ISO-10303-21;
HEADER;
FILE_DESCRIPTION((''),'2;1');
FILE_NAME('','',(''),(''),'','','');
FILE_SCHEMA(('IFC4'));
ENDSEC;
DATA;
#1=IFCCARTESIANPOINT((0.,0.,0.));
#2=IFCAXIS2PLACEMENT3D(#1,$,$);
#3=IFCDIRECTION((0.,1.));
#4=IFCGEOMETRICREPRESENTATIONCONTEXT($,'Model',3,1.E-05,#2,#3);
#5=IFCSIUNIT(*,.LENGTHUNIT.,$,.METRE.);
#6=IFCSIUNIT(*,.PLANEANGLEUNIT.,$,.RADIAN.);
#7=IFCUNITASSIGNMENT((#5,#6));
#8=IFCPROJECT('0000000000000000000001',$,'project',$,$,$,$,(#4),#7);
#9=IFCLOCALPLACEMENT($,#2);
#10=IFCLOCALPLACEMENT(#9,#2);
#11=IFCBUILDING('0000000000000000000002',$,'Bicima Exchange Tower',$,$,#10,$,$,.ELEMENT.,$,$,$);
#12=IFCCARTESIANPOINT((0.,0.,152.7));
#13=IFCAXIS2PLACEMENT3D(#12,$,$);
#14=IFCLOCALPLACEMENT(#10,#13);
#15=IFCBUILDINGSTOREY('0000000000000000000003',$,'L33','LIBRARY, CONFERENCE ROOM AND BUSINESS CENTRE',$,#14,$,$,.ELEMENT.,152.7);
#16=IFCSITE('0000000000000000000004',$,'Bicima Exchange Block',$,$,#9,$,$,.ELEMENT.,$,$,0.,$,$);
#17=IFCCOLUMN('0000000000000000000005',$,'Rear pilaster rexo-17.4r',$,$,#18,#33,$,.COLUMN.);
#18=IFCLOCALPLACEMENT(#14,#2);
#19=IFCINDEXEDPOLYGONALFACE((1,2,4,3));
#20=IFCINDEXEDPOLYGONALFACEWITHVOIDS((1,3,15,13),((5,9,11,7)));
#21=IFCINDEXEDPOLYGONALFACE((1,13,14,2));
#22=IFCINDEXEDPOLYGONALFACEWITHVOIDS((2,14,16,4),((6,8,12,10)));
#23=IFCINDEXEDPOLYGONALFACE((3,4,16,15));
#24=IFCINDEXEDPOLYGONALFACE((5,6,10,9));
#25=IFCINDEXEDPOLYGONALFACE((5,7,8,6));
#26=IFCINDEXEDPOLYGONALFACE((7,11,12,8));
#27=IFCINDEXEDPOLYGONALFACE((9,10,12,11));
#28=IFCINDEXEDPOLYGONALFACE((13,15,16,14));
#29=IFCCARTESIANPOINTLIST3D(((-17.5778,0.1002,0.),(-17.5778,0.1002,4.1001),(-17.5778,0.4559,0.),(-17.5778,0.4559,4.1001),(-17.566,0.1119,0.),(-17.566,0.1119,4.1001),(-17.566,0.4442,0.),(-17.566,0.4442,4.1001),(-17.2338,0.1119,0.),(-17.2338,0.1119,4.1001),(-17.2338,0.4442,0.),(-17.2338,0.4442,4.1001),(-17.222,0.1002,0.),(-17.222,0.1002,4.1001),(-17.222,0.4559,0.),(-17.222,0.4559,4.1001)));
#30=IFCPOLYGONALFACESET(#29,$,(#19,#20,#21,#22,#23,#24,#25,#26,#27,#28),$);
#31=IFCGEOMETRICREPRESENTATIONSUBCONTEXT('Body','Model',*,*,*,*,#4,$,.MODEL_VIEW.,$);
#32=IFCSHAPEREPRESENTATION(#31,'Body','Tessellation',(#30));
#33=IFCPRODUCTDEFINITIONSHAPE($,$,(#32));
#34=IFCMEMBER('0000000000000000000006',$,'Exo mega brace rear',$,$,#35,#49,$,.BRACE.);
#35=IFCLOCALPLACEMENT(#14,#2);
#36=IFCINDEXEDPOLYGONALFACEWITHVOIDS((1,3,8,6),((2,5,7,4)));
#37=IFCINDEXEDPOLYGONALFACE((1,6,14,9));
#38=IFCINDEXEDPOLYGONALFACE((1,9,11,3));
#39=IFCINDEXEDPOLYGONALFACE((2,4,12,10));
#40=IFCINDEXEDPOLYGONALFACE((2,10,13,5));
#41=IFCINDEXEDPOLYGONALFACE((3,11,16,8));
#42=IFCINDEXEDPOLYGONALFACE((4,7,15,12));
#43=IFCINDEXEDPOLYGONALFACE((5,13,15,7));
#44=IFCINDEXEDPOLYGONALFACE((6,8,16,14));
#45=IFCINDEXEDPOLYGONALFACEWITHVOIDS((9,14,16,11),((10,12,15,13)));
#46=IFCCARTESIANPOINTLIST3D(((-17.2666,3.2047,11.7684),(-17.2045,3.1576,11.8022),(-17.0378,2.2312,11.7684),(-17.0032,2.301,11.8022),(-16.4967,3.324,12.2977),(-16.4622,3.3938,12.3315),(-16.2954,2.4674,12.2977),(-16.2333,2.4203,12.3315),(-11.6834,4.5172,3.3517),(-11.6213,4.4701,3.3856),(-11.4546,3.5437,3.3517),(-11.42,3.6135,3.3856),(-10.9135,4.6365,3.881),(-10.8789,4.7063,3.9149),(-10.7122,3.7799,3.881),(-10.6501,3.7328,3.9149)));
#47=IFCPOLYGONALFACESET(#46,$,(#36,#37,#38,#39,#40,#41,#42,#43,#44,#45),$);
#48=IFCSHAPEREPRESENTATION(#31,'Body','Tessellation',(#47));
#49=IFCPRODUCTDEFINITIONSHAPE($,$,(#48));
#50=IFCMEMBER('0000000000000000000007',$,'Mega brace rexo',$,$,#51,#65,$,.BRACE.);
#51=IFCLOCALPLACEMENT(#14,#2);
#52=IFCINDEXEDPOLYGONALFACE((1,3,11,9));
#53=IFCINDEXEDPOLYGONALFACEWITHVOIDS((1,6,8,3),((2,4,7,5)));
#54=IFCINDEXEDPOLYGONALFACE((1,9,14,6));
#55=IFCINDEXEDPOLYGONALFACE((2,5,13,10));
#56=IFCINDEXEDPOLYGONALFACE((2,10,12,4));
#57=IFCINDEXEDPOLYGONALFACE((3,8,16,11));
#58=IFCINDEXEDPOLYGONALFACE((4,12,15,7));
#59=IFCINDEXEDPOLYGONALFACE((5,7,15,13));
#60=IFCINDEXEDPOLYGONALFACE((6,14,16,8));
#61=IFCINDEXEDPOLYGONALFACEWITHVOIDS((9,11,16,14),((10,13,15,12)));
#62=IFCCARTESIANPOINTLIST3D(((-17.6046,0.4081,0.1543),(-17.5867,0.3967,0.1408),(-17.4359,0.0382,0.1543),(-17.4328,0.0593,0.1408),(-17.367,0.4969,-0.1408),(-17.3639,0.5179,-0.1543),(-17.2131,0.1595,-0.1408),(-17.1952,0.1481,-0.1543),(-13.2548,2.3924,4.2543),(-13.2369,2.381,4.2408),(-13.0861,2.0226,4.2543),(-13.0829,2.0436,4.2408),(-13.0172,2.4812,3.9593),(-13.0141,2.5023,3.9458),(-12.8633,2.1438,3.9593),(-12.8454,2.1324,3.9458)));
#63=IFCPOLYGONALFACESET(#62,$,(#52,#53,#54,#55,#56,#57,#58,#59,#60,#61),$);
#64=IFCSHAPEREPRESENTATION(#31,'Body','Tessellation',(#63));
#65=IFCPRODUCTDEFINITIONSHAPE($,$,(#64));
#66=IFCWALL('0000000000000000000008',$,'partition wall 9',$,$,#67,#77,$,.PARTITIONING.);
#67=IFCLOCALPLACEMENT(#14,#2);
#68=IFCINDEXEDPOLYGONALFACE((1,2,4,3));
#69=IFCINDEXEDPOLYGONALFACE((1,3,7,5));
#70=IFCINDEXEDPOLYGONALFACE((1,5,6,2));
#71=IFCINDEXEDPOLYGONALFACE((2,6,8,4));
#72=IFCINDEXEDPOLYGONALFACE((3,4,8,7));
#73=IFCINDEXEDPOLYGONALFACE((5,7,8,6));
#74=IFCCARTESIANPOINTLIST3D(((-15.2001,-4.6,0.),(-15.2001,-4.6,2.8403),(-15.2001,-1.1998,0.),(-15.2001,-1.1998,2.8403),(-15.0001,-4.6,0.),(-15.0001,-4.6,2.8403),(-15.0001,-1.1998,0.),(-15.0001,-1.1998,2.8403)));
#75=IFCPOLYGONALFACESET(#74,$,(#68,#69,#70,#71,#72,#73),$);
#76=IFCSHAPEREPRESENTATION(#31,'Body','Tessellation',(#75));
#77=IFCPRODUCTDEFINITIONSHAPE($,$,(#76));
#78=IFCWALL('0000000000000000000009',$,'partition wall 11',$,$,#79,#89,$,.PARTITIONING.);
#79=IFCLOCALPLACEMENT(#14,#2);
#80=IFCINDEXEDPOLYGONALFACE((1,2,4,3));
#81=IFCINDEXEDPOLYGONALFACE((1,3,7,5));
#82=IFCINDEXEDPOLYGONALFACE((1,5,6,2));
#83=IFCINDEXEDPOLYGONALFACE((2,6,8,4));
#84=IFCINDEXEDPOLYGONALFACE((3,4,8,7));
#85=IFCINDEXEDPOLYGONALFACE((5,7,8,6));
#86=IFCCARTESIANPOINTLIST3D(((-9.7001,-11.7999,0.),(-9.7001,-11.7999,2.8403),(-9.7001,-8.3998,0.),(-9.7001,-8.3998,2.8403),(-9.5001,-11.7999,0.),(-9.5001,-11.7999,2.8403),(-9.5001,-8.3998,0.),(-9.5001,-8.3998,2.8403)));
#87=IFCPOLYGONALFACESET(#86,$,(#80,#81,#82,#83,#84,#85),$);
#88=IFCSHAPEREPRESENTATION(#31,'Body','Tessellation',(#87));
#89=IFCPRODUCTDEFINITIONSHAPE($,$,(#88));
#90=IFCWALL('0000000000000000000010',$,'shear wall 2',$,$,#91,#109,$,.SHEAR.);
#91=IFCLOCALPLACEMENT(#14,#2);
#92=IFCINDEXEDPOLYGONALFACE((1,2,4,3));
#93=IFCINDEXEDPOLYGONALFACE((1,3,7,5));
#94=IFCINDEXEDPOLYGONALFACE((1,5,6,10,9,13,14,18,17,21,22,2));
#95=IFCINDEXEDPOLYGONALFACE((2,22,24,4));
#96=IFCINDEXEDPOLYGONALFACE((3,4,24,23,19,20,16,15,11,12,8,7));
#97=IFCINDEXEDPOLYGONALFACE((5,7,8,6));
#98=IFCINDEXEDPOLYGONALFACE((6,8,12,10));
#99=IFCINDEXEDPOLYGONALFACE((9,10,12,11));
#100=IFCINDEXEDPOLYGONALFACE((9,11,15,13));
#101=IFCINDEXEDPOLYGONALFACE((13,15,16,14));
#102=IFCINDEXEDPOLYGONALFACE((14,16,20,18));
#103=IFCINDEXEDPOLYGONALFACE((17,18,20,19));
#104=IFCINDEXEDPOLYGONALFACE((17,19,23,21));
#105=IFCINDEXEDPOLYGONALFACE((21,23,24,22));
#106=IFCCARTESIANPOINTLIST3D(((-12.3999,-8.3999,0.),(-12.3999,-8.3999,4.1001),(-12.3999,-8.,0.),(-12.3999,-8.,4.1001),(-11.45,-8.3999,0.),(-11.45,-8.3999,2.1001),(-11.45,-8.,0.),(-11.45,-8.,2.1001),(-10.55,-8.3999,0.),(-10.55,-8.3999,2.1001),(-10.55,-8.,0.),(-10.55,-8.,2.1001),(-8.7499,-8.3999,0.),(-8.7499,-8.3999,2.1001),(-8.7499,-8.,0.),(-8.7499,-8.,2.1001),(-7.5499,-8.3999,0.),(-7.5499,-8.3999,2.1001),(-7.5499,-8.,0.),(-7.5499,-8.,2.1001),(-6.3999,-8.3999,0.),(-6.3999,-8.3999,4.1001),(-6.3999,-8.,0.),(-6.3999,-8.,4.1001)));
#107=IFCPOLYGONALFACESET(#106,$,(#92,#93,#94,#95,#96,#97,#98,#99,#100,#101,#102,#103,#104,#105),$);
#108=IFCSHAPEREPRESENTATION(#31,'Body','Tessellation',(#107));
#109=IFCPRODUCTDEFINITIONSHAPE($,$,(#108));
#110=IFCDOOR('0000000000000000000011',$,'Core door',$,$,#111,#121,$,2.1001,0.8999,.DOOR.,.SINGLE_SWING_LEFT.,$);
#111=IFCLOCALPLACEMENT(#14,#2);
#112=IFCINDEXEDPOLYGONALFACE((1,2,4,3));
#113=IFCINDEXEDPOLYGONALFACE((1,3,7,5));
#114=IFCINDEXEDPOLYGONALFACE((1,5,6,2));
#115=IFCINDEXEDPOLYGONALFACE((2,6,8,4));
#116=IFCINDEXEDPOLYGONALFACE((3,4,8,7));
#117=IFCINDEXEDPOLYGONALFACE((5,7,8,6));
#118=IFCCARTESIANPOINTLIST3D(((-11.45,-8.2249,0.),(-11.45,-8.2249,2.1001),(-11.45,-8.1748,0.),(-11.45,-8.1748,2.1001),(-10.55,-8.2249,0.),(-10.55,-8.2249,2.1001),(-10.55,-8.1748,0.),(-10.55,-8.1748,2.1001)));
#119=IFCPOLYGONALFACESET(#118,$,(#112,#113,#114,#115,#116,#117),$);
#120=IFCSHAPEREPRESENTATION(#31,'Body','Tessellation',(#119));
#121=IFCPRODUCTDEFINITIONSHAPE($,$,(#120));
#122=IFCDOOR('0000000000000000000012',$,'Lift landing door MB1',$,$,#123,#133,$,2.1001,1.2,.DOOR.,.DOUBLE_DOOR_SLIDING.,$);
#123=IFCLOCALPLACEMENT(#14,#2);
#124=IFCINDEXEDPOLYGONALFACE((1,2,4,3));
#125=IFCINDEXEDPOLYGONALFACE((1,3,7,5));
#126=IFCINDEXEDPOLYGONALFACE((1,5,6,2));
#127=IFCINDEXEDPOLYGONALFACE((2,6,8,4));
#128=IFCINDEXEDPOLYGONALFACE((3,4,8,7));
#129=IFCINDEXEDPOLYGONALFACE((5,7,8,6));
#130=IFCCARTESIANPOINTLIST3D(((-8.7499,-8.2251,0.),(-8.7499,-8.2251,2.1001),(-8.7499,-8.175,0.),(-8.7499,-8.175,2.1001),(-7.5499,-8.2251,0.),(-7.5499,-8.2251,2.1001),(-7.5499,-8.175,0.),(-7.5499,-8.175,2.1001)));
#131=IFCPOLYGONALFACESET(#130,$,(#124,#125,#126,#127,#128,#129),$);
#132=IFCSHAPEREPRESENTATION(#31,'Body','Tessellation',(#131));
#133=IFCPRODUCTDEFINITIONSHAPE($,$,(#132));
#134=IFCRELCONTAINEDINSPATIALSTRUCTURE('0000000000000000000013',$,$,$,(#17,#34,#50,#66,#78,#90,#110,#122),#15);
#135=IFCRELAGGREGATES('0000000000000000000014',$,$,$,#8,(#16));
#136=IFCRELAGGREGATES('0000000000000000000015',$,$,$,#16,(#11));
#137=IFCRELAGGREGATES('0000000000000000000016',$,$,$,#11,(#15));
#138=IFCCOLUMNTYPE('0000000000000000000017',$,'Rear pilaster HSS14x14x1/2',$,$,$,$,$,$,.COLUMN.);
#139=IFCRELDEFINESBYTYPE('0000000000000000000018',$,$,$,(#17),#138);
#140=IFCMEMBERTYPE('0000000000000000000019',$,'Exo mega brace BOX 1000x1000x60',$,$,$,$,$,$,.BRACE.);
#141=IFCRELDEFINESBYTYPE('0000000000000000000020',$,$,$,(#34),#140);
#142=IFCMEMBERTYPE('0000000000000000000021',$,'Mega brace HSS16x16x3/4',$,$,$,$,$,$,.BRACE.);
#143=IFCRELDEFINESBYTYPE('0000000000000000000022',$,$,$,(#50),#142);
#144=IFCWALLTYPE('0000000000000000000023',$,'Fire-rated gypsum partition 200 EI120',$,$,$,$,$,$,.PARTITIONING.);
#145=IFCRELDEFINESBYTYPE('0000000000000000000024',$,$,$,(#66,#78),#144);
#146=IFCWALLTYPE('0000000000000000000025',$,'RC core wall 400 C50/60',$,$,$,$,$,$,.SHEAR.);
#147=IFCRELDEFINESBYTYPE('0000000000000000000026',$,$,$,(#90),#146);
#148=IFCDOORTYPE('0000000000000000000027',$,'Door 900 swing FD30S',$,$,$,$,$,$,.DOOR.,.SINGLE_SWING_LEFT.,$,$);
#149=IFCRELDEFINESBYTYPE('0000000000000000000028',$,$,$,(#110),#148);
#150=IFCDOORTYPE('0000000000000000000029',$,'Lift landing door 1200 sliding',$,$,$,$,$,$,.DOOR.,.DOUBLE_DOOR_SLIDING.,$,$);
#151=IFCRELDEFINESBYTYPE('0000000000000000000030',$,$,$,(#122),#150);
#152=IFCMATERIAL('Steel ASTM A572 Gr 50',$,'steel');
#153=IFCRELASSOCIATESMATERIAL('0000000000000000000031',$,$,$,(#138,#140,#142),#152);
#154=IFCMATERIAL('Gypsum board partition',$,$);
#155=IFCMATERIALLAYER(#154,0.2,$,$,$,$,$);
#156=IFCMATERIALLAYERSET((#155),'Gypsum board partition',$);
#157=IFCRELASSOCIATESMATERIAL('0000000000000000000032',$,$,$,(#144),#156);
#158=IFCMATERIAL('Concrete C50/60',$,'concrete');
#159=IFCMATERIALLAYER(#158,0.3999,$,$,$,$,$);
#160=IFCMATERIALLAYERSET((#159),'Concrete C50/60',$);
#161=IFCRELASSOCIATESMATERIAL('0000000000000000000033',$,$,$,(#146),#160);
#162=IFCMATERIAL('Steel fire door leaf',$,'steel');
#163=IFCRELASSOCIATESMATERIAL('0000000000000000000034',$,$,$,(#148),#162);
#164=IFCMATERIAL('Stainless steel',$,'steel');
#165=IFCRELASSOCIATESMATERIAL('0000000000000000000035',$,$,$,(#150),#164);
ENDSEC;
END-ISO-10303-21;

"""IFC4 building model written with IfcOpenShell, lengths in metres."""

from ifc_helpers import new_model, si_unit, direction, frame, frame_2d, origin, origin_2d, place, context, subcontext, project, spatial, rectangle, hollow_rectangle, extrude, material, layer, layer_set, material_profile, profile_set, type_object, element, fill, save


model = new_model("IFC4")

# Units and contexts
model_context = context("Model", 3, precision=1e-05, world=origin(), true_north=direction((0.0, 1.0)))
body_context = subcontext(model_context, "Body", "Model", "MODEL_VIEW")
ifc_project = project(units=[si_unit("LENGTHUNIT", "METRE"), si_unit("PLANEANGLEUNIT", "RADIAN")], contexts=[model_context])

# Site, building, storey
site_placement = place(None, origin())
site = spatial("IfcSite", under=ifc_project, at=site_placement, Name="Bicima Exchange Block", CompositionType="ELEMENT", RefElevation=0.0)
building_placement = place(site_placement, origin())
building = spatial("IfcBuilding", under=site, at=building_placement, Name="Bicima Exchange Tower", CompositionType="ELEMENT")
storey_placement = place(building_placement, frame((0.0, 0.0, 152.7)))
storey = spatial("IfcBuildingStorey", under=building, at=storey_placement, Name="L33", Description="LIBRARY, CONFERENCE ROOM AND BUSINESS CENTRE", CompositionType="ELEMENT", Elevation=152.7)

# Column
ifc_material_1 = material(Name="Steel ASTM A572 Gr 50", Category="steel")
ifc_material_profile_1 = material_profile(ifc_material_1, hollow_rectangle(XDim=0.3557, YDim=0.3557, WallThickness=0.0117, at=origin_2d()))
ifc_profile_set_1 = profile_set([ifc_material_profile_1], Name="Steel ASTM A572 Gr 50")
column_type = type_object("IfcColumnType", Name="Rear pilaster HSS14x14x1/2", PredefinedType="COLUMN", material=ifc_profile_set_1)
column_placement = place(storey_placement, frame((-17.3999, 0.2781, 0.0), z_axis=(0.0, 0.0, 1.0), x_axis=(1.0, 0.0, 0.0)))
element("IfcColumn", 1, at=column_placement, inside=storey, type_object=column_type, Name="Rear pilaster rexo-17.4r", PredefinedType="COLUMN", context=body_context, shape_type="SweptSolid", body=[
    extrude(hollow_rectangle(XDim=0.3557, YDim=0.3557, WallThickness=0.0117, at=origin_2d()), origin(), (0.0, 0.0, 1.0), 4.1001),
])

# Members
ifc_material_profile_2 = material_profile(ifc_material_1, hollow_rectangle(XDim=1.0, YDim=1.0, WallThickness=0.0601, at=origin_2d()))
ifc_profile_set_2 = profile_set([ifc_material_profile_2], Name="Steel ASTM A572 Gr 50")
member_type_1 = type_object("IfcMemberType", Name="Exo mega brace BOX 1000x1000x60", PredefinedType="BRACE", material=ifc_profile_set_2)
member_1_placement = place(storey_placement, frame((-11.1667, 4.125, 3.6333), z_axis=(-0.548176, -0.128864, 0.826376), x_axis=(0.22884, -0.973464, 0.0)))
element("IfcMember", 2, at=member_1_placement, inside=storey, type_object=member_type_1, Name="Exo mega brace rear", PredefinedType="BRACE", context=body_context, shape_type="SweptSolid", body=[
    extrude(hollow_rectangle(XDim=1.0, YDim=1.0, WallThickness=0.0601, at=origin_2d()), origin(), (0.0, 0.0, 1.0), 10.1851),
])
ifc_material_profile_3 = material_profile(ifc_material_1, hollow_rectangle(XDim=0.4065, YDim=0.4065, WallThickness=0.0178, at=origin_2d()))
ifc_profile_set_3 = profile_set([ifc_material_profile_3], Name="Steel ASTM A572 Gr 50")
member_type_2 = type_object("IfcMemberType", Name="Mega brace HSS16x16x3/4", PredefinedType="BRACE", material=ifc_profile_set_3)
member_2_placement = place(storey_placement, frame((-17.3999, 0.2781, 0.0), z_axis=(0.690629, 0.31506, 0.650975), x_axis=(-0.415045, 0.909801, 0.0)))
element("IfcMember", 3, at=member_2_placement, inside=storey, type_object=member_type_2, Name="Mega brace rexo", PredefinedType="BRACE", context=body_context, shape_type="SweptSolid", body=[
    extrude(hollow_rectangle(XDim=0.4065, YDim=0.4065, WallThickness=0.0178, at=origin_2d()), origin(), (0.0, 0.0, 1.0), 6.2983),
])

# Walls
ifc_material_2 = material(Name="Gypsum board partition")
ifc_layer_1 = layer(ifc_material_2, 0.2)
ifc_layer_set_1 = layer_set([ifc_layer_1], Name="Gypsum board partition")
wall_type_1 = type_object("IfcWallType", Name="Fire-rated gypsum partition 200 EI120", PredefinedType="PARTITIONING", material=ifc_layer_set_1)
for number, where, z_axis, x_axis, name in (
    (4, (-15.1001, -4.6001, 0.0), (0.0, 0.0, 1.0), (0.0, 1.0, 0.0), "partition wall 9"),
    (5, (-9.6001, -11.8, 0.0), (0.0, 0.0, 1.0), (0.0, 1.0, 0.0), "partition wall 11"),
):
    element("IfcWall", number, at=place(storey_placement, frame(where, z_axis=z_axis, x_axis=x_axis)), inside=storey, type_object=wall_type_1, Name=name, PredefinedType="PARTITIONING", context=body_context, shape_type="SweptSolid", body=[
        extrude(rectangle(XDim=3.4001, YDim=0.2, at=frame_2d((1.7002, 0.0))), origin(), (0.0, 0.0, 1.0), 2.8403),
    ])

# Wall, openings, doors
ifc_material_3 = material(Name="Concrete C50/60", Category="concrete")
ifc_layer_2 = layer(ifc_material_3, 0.3999)
ifc_layer_set_2 = layer_set([ifc_layer_2], Name="Concrete C50/60")
wall_type_2 = type_object("IfcWallType", Name="RC core wall 400 C50/60", PredefinedType="SHEAR", material=ifc_layer_set_2)
wall_1_placement = place(storey_placement, frame((-12.3999, -8.2, 0.0), z_axis=(0.0, 0.0, 1.0), x_axis=(1.0, 0.0, 0.0)))
wall_1 = element("IfcWall", 6, at=wall_1_placement, inside=storey, type_object=wall_type_2, Name="shear wall 2", PredefinedType="SHEAR", context=body_context, shape_type="SweptSolid", body=[
    extrude(rectangle(XDim=6.0, YDim=0.3999, at=frame_2d((3.0, 0.0))), origin(), (0.0, 0.0, 1.0), 4.1001),
])
opening_1_placement = place(wall_1_placement, frame((3.6499, 0.0, 0.0)))
opening_1 = element("IfcOpeningElement", 7, at=opening_1_placement, cuts=wall_1, PredefinedType="OPENING", context=body_context, shape_type="SweptSolid", body=[
    extrude(rectangle(XDim=1.2, YDim=2.1001, at=frame_2d((0.6001, 1.05))), frame((0.0, 0.2119, 0.0), z_axis=(0.0, -1.0, 0.0), x_axis=(1.0, 0.0, 0.0)), (0.0, 0.0, 1.0), 0.4238),
])
opening_2_placement = place(wall_1_placement, frame((0.95, 0.0, 0.0)))
opening_2 = element("IfcOpeningElement", 8, at=opening_2_placement, cuts=wall_1, PredefinedType="OPENING", context=body_context, shape_type="SweptSolid", body=[
    extrude(rectangle(XDim=0.8999, YDim=2.1001, at=frame_2d((0.45, 1.05))), frame((0.0, 0.2119, 0.0), z_axis=(0.0, -1.0, 0.0), x_axis=(1.0, 0.0, 0.0)), (0.0, 0.0, 1.0), 0.4238),
])
ifc_material_4 = material(Name="Steel fire door leaf", Category="steel")
door_type_1 = type_object("IfcDoorType", Name="Door 900 swing FD30S", OperationType="SINGLE_SWING_LEFT", PredefinedType="DOOR", material=ifc_material_4)
door_1_placement = place(opening_2_placement, frame((0.8999, 0.0, 0.0), z_axis=(0.0, 0.0, 1.0), x_axis=(-1.0, 0.0, 0.0)))
door_1 = element("IfcDoor", 9, at=door_1_placement, inside=storey, type_object=door_type_1, Name="Core door", OperationType="SINGLE_SWING_LEFT", OverallHeight=2.1001, OverallWidth=0.8999, PredefinedType="DOOR", context=body_context, shape_type="SweptSolid", body=[
    extrude(rectangle(XDim=0.8999, YDim=2.1001, at=frame_2d((0.45, 1.05))), frame((0.0, 0.0249, 0.0), z_axis=(0.0, -1.0, 0.0), x_axis=(1.0, 0.0, 0.0)), (0.0, 0.0, 1.0), 0.05),
])
fill(opening_2, door_1)
ifc_material_5 = material(Name="Stainless steel", Category="steel")
door_type_2 = type_object("IfcDoorType", Name="Lift landing door 1200 sliding", OperationType="DOUBLE_DOOR_SLIDING", PredefinedType="DOOR", material=ifc_material_5)
door_2_placement = place(opening_1_placement, origin())
door_2 = element("IfcDoor", 10, at=door_2_placement, inside=storey, type_object=door_type_2, Name="Lift landing door MB1", OperationType="DOUBLE_DOOR_SLIDING", OverallHeight=2.1001, OverallWidth=1.2, PredefinedType="DOOR", context=body_context, shape_type="SweptSolid", body=[
    extrude(rectangle(XDim=1.2, YDim=2.1001, at=frame_2d((0.6001, 1.05))), frame((0.0, 0.0249, 0.0), z_axis=(0.0, -1.0, 0.0), x_axis=(1.0, 0.0, 0.0)), (0.0, 0.0, 1.0), 0.05),
])
fill(opening_1, door_2)

save(model, "model.ifc")
